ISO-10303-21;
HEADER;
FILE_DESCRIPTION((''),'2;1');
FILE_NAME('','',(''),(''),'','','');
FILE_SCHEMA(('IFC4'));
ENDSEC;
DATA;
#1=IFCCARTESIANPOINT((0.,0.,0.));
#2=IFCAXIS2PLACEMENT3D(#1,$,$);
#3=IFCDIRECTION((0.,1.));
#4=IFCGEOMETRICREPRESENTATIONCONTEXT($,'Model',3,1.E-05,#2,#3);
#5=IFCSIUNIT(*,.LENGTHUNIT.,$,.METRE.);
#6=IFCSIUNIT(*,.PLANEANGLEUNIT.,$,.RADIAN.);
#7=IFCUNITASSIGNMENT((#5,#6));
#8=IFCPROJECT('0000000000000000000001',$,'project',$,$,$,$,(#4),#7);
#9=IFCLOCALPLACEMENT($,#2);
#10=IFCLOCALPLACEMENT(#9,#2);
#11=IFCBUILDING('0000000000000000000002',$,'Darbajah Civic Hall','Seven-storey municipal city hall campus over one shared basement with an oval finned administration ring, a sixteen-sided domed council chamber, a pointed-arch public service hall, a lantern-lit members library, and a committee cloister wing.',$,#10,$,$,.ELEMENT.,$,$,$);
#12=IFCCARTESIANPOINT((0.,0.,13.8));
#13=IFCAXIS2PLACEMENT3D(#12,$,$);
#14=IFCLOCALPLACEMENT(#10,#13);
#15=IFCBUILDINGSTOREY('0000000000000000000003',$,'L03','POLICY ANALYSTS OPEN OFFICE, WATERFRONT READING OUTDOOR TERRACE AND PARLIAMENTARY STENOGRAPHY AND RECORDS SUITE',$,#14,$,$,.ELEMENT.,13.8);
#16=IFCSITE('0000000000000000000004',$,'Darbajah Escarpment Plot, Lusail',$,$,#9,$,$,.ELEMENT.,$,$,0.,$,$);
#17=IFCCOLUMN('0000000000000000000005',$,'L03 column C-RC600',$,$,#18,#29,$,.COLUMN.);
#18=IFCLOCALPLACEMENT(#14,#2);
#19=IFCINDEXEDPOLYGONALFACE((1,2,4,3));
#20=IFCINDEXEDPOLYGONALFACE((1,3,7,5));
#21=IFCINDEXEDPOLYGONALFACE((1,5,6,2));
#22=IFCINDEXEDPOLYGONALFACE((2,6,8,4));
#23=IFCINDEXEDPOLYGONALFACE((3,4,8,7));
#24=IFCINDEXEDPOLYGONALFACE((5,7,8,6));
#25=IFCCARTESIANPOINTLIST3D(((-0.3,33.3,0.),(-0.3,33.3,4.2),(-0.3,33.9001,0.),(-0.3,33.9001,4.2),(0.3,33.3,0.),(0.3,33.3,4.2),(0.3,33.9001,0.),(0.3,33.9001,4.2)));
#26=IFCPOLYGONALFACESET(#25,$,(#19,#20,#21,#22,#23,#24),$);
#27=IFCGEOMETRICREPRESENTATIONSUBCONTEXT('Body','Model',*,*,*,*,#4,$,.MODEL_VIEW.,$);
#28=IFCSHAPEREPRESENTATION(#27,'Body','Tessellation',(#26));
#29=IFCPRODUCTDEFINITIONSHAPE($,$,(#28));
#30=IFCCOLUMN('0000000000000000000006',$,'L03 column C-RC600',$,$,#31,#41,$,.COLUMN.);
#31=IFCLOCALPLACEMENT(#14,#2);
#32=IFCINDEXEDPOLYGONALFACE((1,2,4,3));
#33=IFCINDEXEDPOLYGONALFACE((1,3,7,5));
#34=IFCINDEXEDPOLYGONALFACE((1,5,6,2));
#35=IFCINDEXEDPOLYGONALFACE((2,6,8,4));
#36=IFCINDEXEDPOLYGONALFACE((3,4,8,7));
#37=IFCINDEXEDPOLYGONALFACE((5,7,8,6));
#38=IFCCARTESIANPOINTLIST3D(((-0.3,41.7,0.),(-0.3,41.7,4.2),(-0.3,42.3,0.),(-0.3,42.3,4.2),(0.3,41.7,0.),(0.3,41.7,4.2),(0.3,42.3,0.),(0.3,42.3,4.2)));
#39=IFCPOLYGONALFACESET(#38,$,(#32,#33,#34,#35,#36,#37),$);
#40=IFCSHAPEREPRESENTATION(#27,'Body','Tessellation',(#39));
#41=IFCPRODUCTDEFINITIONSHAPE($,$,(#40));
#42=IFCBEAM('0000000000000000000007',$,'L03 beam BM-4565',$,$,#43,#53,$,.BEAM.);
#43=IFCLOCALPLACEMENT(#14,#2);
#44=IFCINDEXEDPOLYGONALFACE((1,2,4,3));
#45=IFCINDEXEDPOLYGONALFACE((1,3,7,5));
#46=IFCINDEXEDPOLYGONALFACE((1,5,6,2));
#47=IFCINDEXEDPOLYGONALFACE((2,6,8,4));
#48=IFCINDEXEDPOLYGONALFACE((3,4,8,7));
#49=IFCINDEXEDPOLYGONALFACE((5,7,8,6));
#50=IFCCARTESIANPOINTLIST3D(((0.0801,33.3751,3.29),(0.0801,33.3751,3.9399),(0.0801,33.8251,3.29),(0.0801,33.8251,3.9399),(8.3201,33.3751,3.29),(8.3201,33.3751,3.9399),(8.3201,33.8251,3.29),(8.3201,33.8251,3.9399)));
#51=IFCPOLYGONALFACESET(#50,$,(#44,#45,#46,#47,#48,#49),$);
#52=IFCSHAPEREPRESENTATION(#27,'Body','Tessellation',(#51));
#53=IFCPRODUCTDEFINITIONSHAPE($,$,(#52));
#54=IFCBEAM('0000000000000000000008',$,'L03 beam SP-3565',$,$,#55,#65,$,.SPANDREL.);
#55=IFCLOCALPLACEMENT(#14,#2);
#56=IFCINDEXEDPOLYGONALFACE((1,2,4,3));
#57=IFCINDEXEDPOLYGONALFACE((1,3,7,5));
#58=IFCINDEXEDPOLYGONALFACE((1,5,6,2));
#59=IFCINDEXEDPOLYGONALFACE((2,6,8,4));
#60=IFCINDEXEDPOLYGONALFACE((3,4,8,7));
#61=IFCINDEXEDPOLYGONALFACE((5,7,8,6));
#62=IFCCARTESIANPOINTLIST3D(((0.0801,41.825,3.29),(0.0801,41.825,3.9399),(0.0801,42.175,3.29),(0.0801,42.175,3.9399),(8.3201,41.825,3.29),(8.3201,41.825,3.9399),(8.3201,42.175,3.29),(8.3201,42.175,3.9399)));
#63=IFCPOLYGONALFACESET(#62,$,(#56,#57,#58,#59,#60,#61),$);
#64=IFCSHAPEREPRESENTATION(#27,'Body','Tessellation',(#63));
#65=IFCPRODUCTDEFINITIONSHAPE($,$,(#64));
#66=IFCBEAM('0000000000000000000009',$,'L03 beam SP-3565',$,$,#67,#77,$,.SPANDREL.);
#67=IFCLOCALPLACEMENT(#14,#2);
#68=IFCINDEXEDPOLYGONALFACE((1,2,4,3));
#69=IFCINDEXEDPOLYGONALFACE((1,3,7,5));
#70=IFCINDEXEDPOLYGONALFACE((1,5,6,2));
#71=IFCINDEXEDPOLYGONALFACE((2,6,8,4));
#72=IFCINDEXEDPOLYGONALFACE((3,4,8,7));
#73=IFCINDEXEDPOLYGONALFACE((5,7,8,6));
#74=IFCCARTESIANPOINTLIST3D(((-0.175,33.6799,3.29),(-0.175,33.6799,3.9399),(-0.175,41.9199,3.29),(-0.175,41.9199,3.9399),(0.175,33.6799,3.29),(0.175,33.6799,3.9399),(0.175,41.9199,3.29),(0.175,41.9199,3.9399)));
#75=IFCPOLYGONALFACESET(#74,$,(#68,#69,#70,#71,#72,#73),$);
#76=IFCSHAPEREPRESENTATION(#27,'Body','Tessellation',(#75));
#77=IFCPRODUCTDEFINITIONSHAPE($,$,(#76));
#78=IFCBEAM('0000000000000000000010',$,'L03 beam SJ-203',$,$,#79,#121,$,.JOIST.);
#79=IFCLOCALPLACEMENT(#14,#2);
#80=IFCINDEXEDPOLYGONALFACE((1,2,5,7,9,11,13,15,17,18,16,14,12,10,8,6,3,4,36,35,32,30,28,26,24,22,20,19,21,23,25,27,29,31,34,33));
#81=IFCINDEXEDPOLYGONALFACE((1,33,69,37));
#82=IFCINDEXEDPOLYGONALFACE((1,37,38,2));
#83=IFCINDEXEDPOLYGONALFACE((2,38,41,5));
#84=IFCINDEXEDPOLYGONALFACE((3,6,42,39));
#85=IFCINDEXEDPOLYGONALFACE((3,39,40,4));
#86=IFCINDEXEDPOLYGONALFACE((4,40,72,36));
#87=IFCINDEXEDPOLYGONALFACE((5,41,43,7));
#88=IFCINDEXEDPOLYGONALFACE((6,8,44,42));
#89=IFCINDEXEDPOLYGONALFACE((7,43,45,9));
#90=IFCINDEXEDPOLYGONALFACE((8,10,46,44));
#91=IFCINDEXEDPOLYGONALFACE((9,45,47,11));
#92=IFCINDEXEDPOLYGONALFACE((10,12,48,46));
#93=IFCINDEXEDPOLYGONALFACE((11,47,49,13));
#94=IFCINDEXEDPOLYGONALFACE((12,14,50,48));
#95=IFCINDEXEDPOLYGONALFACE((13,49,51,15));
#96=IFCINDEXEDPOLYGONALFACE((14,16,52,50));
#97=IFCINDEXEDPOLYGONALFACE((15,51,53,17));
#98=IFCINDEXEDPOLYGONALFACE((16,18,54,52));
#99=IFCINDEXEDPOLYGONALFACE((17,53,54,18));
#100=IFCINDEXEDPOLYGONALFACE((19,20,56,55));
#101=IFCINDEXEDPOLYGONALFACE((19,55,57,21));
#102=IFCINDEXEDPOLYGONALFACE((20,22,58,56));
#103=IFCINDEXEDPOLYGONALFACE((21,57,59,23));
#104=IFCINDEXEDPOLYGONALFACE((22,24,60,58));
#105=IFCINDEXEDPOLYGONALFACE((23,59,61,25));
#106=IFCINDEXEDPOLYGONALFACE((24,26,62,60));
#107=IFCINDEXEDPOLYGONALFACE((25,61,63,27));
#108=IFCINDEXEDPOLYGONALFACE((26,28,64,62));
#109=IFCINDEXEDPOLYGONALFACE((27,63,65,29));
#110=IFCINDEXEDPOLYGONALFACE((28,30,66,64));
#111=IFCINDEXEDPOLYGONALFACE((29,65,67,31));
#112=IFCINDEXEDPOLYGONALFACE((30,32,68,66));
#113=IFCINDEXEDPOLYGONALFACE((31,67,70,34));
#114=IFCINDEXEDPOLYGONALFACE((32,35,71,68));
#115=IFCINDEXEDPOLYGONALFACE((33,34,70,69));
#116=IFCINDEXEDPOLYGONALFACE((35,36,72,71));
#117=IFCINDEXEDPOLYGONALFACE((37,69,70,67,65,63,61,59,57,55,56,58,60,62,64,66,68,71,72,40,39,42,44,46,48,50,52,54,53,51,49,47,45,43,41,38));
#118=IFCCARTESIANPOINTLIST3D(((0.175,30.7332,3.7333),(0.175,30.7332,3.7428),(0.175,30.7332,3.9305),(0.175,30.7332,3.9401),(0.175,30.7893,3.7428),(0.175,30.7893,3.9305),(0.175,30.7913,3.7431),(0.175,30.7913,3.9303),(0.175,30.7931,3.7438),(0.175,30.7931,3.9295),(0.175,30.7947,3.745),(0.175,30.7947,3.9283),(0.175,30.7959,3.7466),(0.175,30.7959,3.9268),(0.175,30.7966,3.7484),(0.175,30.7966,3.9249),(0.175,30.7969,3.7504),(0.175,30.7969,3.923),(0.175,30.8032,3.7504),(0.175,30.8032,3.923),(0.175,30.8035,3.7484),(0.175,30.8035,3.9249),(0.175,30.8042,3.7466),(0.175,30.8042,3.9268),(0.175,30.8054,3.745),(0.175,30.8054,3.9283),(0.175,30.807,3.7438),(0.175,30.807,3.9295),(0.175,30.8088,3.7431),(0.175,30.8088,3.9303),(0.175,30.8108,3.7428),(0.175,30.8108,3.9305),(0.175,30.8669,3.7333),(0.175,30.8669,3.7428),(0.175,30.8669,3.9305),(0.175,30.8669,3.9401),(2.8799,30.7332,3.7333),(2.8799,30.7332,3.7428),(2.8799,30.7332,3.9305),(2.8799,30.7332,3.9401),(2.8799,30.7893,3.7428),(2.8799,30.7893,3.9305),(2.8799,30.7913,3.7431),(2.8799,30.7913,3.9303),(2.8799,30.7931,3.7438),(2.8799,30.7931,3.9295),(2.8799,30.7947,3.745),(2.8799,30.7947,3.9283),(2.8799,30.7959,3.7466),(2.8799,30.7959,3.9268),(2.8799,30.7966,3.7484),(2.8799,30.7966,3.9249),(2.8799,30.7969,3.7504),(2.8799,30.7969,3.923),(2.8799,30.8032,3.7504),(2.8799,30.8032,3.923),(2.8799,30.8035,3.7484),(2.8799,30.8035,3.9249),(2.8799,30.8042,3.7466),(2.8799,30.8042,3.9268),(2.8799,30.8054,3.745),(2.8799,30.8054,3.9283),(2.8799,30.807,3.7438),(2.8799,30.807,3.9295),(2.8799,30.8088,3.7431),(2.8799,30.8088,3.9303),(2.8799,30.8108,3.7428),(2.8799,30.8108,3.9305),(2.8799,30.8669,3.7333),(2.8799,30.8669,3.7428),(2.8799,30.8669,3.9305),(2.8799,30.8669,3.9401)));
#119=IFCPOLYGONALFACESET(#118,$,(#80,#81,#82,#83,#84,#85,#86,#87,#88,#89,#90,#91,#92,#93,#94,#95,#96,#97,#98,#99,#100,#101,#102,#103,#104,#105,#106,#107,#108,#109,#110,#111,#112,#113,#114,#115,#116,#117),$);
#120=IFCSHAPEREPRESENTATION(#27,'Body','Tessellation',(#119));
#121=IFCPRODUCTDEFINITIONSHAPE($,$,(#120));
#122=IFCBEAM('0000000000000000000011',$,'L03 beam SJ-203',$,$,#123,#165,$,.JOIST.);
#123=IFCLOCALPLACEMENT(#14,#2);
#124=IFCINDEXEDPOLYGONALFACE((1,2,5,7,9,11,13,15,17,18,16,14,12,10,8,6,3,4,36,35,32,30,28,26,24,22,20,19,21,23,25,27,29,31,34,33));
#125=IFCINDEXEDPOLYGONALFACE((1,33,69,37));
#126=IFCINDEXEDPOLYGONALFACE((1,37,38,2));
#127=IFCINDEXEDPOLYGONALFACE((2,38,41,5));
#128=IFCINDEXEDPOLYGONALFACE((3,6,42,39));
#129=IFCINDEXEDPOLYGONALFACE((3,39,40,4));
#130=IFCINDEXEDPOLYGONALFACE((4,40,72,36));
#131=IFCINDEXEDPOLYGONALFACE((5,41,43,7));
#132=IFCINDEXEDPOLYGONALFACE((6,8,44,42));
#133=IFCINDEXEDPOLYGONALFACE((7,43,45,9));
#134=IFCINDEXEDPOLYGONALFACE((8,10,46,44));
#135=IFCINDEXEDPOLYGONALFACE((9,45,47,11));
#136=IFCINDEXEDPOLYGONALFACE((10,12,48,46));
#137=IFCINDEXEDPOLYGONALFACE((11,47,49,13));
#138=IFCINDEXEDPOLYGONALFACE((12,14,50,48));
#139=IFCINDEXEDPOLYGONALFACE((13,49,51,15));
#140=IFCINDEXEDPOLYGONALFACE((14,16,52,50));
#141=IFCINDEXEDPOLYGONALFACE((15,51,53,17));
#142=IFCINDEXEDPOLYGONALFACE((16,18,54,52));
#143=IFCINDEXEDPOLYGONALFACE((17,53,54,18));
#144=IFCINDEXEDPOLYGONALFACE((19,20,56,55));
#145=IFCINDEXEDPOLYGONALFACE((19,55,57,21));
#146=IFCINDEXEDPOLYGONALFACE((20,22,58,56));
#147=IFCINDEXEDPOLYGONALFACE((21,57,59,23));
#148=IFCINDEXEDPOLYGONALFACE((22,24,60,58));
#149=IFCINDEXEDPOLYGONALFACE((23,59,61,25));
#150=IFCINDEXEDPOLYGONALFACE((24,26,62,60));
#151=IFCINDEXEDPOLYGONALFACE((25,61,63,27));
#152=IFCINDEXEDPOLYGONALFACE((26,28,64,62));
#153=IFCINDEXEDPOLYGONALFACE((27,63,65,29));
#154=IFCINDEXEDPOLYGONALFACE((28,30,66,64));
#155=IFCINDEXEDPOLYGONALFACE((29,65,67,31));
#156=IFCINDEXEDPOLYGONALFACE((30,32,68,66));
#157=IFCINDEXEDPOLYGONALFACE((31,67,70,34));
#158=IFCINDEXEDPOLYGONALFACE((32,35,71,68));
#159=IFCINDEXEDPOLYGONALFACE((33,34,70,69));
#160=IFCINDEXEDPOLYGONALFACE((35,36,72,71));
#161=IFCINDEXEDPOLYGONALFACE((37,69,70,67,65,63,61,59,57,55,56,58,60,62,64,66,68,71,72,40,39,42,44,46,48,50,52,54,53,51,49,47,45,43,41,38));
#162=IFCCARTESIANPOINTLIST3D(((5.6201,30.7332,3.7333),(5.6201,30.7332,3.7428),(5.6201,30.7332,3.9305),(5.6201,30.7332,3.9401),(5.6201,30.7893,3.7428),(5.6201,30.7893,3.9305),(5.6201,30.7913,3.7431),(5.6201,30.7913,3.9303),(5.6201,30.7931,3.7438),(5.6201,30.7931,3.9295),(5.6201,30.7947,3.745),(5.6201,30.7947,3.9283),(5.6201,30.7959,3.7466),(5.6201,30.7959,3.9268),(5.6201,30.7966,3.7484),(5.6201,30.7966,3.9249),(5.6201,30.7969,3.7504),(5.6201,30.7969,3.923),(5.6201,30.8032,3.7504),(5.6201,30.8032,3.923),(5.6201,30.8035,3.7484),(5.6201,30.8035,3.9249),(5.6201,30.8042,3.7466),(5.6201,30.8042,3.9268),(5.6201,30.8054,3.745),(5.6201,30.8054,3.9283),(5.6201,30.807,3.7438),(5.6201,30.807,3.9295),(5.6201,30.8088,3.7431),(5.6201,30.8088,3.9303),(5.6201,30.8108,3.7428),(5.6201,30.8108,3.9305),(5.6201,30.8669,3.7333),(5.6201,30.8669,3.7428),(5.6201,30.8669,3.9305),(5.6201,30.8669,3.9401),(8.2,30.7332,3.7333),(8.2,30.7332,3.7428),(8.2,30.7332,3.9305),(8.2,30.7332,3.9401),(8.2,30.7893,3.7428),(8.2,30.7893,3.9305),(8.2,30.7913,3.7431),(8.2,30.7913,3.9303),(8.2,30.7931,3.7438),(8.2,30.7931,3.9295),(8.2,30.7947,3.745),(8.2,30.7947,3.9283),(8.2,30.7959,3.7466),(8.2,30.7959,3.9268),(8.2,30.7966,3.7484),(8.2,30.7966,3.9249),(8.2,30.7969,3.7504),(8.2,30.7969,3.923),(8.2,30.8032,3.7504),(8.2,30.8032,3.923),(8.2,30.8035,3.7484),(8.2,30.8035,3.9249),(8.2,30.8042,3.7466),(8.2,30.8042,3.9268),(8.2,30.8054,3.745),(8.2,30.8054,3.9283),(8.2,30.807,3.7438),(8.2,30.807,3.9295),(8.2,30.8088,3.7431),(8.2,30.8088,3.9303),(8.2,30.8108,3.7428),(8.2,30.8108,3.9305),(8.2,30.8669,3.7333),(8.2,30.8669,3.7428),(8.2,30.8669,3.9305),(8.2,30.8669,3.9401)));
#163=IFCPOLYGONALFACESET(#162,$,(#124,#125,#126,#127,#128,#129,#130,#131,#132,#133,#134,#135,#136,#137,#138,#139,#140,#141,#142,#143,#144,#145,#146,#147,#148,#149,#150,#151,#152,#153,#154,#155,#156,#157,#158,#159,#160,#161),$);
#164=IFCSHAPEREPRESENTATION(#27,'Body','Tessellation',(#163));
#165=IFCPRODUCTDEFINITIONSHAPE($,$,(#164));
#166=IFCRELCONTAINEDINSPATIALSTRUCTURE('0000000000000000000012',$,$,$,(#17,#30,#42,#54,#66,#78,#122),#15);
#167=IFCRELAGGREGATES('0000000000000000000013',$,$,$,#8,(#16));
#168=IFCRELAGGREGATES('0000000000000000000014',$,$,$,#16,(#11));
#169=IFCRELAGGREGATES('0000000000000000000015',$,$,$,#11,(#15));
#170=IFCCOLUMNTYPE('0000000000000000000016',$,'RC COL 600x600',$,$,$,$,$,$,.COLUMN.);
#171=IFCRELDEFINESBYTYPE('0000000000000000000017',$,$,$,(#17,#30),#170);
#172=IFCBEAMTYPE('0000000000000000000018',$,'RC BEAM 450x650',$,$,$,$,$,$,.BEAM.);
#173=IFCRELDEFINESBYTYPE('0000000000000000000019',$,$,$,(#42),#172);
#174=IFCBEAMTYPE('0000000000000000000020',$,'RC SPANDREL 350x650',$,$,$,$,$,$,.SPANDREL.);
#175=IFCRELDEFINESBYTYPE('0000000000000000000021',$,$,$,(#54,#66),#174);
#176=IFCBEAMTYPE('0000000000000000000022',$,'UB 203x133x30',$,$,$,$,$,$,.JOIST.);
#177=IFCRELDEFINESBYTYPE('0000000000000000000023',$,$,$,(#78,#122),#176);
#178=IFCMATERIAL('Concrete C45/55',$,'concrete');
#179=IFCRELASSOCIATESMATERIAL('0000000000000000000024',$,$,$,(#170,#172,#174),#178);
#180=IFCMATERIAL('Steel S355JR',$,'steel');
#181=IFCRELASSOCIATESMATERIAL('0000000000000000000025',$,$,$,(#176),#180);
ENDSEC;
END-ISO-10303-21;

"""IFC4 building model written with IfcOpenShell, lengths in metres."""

from ifc_helpers import new_model, si_unit, direction, frame, origin, origin_2d, place, context, subcontext, project, spatial, rectangle, i_section, extrude, material, material_profile, profile_set, type_object, element, save


model = new_model("IFC4")

# Units and contexts
model_context = context("Model", 3, precision=1e-05, world=origin(), true_north=direction((0.0, 1.0)))
body_context = subcontext(model_context, "Body", "Model", "MODEL_VIEW")
ifc_project = project(units=[si_unit("LENGTHUNIT", "METRE"), si_unit("PLANEANGLEUNIT", "RADIAN")], contexts=[model_context])

# Site, building, storey
site_placement = place(None, origin())
site = spatial("IfcSite", under=ifc_project, at=site_placement, Name="Darbajah Escarpment Plot, Lusail", CompositionType="ELEMENT", RefElevation=0.0)
building_placement = place(site_placement, origin())
building = spatial("IfcBuilding", under=site, at=building_placement, Name="Darbajah Civic Hall", Description="Seven-storey municipal city hall campus over one shared basement with an oval finned administration ring, a sixteen-sided domed council chamber, a pointed-arch public service hall, a lantern-lit members library, and a committee cloister wing.", CompositionType="ELEMENT")
storey_placement = place(building_placement, frame((0.0, 0.0, 13.8)))
storey = spatial("IfcBuildingStorey", under=building, at=storey_placement, Name="L03", Description="POLICY ANALYSTS OPEN OFFICE, WATERFRONT READING OUTDOOR TERRACE AND PARLIAMENTARY STENOGRAPHY AND RECORDS SUITE", CompositionType="ELEMENT", Elevation=13.8)

# Columns
ifc_material_1 = material(Name="Concrete C45/55", Category="concrete")
ifc_material_profile_1 = material_profile(ifc_material_1, rectangle(XDim=0.6001, YDim=0.6001, at=origin_2d()), Name="RC COL 600x600")
ifc_profile_set_1 = profile_set([ifc_material_profile_1], Name="Concrete C45/55")
column_type = type_object("IfcColumnType", Name="RC COL 600x600", PredefinedType="COLUMN", material=ifc_profile_set_1)
for number, where, z_axis, x_axis, name in (
    (1, (0.0, 33.6001, 0.0), (0.0, 0.0, 1.0), (1.0, 0.0, 0.0), "L03 column C-RC600"),
    (2, (0.0, 42.0, 0.0), (0.0, 0.0, 1.0), (1.0, 0.0, 0.0), "L03 column C-RC600"),
):
    element("IfcColumn", number, at=place(storey_placement, frame(where, z_axis=z_axis, x_axis=x_axis)), inside=storey, type_object=column_type, Name=name, PredefinedType="COLUMN", context=body_context, shape_type="SweptSolid", body=[
        extrude(rectangle(XDim=0.6001, YDim=0.6001, at=origin_2d()), origin(), (0.0, 0.0, 1.0), 4.2),
    ])

# Beams
ifc_material_profile_2 = material_profile(ifc_material_1, rectangle(XDim=0.45, YDim=0.6499, at=origin_2d()), Name="RC BEAM 450x650")
ifc_profile_set_2 = profile_set([ifc_material_profile_2], Name="Concrete C45/55")
beam_type_1 = type_object("IfcBeamType", Name="RC BEAM 450x650", PredefinedType="BEAM", material=ifc_profile_set_2)
beam_1_placement = place(storey_placement, frame((0.0801, 33.6001, 3.615), z_axis=(1.0, 0.0, 0.0), x_axis=(0.0, 1.0, 0.0)))
element("IfcBeam", 3, at=beam_1_placement, inside=storey, type_object=beam_type_1, Name="L03 beam BM-4565", PredefinedType="BEAM", context=body_context, shape_type="SweptSolid", body=[
    extrude(rectangle(XDim=0.45, YDim=0.6499, at=origin_2d()), origin(), (0.0, 0.0, 1.0), 8.24),
])
ifc_material_profile_3 = material_profile(ifc_material_1, rectangle(XDim=0.3501, YDim=0.6499, at=origin_2d()), Name="RC SPANDREL 350x650")
ifc_profile_set_3 = profile_set([ifc_material_profile_3], Name="Concrete C45/55")
beam_type_2 = type_object("IfcBeamType", Name="RC SPANDREL 350x650", PredefinedType="SPANDREL", material=ifc_profile_set_3)
for number, where, z_axis, x_axis, name in (
    (4, (0.0801, 42.0, 3.615), (1.0, 0.0, 0.0), (0.0, 1.0, 0.0), "L03 beam SP-3565"),
    (5, (0.0, 33.6799, 3.615), (0.0, 1.0, 0.0), (-1.0, 0.0, 0.0), "L03 beam SP-3565"),
):
    element("IfcBeam", number, at=place(storey_placement, frame(where, z_axis=z_axis, x_axis=x_axis)), inside=storey, type_object=beam_type_2, Name=name, PredefinedType="SPANDREL", context=body_context, shape_type="SweptSolid", body=[
        extrude(rectangle(XDim=0.3501, YDim=0.6499, at=origin_2d()), origin(), (0.0, 0.0, 1.0), 8.24),
    ])
ifc_material_2 = material(Name="Steel S355JR", Category="steel")
ifc_material_profile_4 = material_profile(ifc_material_2, i_section(OverallWidth=0.1338, OverallDepth=0.2068, WebThickness=0.0063, FlangeThickness=0.0095, FilletRadius=0.0076, at=origin_2d()), Name="UB 203x133x30")
ifc_profile_set_4 = profile_set([ifc_material_profile_4], Name="Steel S355JR")
beam_type_3 = type_object("IfcBeamType", Name="UB 203x133x30", PredefinedType="JOIST", material=ifc_profile_set_4)
beam_2_placement = place(storey_placement, frame((0.175, 30.8, 3.8367), z_axis=(1.0, 0.0, 0.0), x_axis=(0.0, 1.0, 0.0)))
element("IfcBeam", 6, at=beam_2_placement, inside=storey, type_object=beam_type_3, Name="L03 beam SJ-203", PredefinedType="JOIST", context=body_context, shape_type="SweptSolid", body=[
    extrude(i_section(OverallWidth=0.1338, OverallDepth=0.2068, WebThickness=0.0063, FlangeThickness=0.0095, FilletRadius=0.0076, at=origin_2d()), origin(), (0.0, 0.0, 1.0), 2.7048),
])
beam_3_placement = place(storey_placement, frame((5.6201, 30.8, 3.8367), z_axis=(1.0, 0.0, 0.0), x_axis=(0.0, 1.0, 0.0)))
element("IfcBeam", 7, at=beam_3_placement, inside=storey, type_object=beam_type_3, Name="L03 beam SJ-203", PredefinedType="JOIST", context=body_context, shape_type="SweptSolid", body=[
    extrude(i_section(OverallWidth=0.1338, OverallDepth=0.2068, WebThickness=0.0063, FlangeThickness=0.0095, FilletRadius=0.0076, at=origin_2d()), origin(), (0.0, 0.0, 1.0), 2.5798),
])

save(model, "model.ifc")
